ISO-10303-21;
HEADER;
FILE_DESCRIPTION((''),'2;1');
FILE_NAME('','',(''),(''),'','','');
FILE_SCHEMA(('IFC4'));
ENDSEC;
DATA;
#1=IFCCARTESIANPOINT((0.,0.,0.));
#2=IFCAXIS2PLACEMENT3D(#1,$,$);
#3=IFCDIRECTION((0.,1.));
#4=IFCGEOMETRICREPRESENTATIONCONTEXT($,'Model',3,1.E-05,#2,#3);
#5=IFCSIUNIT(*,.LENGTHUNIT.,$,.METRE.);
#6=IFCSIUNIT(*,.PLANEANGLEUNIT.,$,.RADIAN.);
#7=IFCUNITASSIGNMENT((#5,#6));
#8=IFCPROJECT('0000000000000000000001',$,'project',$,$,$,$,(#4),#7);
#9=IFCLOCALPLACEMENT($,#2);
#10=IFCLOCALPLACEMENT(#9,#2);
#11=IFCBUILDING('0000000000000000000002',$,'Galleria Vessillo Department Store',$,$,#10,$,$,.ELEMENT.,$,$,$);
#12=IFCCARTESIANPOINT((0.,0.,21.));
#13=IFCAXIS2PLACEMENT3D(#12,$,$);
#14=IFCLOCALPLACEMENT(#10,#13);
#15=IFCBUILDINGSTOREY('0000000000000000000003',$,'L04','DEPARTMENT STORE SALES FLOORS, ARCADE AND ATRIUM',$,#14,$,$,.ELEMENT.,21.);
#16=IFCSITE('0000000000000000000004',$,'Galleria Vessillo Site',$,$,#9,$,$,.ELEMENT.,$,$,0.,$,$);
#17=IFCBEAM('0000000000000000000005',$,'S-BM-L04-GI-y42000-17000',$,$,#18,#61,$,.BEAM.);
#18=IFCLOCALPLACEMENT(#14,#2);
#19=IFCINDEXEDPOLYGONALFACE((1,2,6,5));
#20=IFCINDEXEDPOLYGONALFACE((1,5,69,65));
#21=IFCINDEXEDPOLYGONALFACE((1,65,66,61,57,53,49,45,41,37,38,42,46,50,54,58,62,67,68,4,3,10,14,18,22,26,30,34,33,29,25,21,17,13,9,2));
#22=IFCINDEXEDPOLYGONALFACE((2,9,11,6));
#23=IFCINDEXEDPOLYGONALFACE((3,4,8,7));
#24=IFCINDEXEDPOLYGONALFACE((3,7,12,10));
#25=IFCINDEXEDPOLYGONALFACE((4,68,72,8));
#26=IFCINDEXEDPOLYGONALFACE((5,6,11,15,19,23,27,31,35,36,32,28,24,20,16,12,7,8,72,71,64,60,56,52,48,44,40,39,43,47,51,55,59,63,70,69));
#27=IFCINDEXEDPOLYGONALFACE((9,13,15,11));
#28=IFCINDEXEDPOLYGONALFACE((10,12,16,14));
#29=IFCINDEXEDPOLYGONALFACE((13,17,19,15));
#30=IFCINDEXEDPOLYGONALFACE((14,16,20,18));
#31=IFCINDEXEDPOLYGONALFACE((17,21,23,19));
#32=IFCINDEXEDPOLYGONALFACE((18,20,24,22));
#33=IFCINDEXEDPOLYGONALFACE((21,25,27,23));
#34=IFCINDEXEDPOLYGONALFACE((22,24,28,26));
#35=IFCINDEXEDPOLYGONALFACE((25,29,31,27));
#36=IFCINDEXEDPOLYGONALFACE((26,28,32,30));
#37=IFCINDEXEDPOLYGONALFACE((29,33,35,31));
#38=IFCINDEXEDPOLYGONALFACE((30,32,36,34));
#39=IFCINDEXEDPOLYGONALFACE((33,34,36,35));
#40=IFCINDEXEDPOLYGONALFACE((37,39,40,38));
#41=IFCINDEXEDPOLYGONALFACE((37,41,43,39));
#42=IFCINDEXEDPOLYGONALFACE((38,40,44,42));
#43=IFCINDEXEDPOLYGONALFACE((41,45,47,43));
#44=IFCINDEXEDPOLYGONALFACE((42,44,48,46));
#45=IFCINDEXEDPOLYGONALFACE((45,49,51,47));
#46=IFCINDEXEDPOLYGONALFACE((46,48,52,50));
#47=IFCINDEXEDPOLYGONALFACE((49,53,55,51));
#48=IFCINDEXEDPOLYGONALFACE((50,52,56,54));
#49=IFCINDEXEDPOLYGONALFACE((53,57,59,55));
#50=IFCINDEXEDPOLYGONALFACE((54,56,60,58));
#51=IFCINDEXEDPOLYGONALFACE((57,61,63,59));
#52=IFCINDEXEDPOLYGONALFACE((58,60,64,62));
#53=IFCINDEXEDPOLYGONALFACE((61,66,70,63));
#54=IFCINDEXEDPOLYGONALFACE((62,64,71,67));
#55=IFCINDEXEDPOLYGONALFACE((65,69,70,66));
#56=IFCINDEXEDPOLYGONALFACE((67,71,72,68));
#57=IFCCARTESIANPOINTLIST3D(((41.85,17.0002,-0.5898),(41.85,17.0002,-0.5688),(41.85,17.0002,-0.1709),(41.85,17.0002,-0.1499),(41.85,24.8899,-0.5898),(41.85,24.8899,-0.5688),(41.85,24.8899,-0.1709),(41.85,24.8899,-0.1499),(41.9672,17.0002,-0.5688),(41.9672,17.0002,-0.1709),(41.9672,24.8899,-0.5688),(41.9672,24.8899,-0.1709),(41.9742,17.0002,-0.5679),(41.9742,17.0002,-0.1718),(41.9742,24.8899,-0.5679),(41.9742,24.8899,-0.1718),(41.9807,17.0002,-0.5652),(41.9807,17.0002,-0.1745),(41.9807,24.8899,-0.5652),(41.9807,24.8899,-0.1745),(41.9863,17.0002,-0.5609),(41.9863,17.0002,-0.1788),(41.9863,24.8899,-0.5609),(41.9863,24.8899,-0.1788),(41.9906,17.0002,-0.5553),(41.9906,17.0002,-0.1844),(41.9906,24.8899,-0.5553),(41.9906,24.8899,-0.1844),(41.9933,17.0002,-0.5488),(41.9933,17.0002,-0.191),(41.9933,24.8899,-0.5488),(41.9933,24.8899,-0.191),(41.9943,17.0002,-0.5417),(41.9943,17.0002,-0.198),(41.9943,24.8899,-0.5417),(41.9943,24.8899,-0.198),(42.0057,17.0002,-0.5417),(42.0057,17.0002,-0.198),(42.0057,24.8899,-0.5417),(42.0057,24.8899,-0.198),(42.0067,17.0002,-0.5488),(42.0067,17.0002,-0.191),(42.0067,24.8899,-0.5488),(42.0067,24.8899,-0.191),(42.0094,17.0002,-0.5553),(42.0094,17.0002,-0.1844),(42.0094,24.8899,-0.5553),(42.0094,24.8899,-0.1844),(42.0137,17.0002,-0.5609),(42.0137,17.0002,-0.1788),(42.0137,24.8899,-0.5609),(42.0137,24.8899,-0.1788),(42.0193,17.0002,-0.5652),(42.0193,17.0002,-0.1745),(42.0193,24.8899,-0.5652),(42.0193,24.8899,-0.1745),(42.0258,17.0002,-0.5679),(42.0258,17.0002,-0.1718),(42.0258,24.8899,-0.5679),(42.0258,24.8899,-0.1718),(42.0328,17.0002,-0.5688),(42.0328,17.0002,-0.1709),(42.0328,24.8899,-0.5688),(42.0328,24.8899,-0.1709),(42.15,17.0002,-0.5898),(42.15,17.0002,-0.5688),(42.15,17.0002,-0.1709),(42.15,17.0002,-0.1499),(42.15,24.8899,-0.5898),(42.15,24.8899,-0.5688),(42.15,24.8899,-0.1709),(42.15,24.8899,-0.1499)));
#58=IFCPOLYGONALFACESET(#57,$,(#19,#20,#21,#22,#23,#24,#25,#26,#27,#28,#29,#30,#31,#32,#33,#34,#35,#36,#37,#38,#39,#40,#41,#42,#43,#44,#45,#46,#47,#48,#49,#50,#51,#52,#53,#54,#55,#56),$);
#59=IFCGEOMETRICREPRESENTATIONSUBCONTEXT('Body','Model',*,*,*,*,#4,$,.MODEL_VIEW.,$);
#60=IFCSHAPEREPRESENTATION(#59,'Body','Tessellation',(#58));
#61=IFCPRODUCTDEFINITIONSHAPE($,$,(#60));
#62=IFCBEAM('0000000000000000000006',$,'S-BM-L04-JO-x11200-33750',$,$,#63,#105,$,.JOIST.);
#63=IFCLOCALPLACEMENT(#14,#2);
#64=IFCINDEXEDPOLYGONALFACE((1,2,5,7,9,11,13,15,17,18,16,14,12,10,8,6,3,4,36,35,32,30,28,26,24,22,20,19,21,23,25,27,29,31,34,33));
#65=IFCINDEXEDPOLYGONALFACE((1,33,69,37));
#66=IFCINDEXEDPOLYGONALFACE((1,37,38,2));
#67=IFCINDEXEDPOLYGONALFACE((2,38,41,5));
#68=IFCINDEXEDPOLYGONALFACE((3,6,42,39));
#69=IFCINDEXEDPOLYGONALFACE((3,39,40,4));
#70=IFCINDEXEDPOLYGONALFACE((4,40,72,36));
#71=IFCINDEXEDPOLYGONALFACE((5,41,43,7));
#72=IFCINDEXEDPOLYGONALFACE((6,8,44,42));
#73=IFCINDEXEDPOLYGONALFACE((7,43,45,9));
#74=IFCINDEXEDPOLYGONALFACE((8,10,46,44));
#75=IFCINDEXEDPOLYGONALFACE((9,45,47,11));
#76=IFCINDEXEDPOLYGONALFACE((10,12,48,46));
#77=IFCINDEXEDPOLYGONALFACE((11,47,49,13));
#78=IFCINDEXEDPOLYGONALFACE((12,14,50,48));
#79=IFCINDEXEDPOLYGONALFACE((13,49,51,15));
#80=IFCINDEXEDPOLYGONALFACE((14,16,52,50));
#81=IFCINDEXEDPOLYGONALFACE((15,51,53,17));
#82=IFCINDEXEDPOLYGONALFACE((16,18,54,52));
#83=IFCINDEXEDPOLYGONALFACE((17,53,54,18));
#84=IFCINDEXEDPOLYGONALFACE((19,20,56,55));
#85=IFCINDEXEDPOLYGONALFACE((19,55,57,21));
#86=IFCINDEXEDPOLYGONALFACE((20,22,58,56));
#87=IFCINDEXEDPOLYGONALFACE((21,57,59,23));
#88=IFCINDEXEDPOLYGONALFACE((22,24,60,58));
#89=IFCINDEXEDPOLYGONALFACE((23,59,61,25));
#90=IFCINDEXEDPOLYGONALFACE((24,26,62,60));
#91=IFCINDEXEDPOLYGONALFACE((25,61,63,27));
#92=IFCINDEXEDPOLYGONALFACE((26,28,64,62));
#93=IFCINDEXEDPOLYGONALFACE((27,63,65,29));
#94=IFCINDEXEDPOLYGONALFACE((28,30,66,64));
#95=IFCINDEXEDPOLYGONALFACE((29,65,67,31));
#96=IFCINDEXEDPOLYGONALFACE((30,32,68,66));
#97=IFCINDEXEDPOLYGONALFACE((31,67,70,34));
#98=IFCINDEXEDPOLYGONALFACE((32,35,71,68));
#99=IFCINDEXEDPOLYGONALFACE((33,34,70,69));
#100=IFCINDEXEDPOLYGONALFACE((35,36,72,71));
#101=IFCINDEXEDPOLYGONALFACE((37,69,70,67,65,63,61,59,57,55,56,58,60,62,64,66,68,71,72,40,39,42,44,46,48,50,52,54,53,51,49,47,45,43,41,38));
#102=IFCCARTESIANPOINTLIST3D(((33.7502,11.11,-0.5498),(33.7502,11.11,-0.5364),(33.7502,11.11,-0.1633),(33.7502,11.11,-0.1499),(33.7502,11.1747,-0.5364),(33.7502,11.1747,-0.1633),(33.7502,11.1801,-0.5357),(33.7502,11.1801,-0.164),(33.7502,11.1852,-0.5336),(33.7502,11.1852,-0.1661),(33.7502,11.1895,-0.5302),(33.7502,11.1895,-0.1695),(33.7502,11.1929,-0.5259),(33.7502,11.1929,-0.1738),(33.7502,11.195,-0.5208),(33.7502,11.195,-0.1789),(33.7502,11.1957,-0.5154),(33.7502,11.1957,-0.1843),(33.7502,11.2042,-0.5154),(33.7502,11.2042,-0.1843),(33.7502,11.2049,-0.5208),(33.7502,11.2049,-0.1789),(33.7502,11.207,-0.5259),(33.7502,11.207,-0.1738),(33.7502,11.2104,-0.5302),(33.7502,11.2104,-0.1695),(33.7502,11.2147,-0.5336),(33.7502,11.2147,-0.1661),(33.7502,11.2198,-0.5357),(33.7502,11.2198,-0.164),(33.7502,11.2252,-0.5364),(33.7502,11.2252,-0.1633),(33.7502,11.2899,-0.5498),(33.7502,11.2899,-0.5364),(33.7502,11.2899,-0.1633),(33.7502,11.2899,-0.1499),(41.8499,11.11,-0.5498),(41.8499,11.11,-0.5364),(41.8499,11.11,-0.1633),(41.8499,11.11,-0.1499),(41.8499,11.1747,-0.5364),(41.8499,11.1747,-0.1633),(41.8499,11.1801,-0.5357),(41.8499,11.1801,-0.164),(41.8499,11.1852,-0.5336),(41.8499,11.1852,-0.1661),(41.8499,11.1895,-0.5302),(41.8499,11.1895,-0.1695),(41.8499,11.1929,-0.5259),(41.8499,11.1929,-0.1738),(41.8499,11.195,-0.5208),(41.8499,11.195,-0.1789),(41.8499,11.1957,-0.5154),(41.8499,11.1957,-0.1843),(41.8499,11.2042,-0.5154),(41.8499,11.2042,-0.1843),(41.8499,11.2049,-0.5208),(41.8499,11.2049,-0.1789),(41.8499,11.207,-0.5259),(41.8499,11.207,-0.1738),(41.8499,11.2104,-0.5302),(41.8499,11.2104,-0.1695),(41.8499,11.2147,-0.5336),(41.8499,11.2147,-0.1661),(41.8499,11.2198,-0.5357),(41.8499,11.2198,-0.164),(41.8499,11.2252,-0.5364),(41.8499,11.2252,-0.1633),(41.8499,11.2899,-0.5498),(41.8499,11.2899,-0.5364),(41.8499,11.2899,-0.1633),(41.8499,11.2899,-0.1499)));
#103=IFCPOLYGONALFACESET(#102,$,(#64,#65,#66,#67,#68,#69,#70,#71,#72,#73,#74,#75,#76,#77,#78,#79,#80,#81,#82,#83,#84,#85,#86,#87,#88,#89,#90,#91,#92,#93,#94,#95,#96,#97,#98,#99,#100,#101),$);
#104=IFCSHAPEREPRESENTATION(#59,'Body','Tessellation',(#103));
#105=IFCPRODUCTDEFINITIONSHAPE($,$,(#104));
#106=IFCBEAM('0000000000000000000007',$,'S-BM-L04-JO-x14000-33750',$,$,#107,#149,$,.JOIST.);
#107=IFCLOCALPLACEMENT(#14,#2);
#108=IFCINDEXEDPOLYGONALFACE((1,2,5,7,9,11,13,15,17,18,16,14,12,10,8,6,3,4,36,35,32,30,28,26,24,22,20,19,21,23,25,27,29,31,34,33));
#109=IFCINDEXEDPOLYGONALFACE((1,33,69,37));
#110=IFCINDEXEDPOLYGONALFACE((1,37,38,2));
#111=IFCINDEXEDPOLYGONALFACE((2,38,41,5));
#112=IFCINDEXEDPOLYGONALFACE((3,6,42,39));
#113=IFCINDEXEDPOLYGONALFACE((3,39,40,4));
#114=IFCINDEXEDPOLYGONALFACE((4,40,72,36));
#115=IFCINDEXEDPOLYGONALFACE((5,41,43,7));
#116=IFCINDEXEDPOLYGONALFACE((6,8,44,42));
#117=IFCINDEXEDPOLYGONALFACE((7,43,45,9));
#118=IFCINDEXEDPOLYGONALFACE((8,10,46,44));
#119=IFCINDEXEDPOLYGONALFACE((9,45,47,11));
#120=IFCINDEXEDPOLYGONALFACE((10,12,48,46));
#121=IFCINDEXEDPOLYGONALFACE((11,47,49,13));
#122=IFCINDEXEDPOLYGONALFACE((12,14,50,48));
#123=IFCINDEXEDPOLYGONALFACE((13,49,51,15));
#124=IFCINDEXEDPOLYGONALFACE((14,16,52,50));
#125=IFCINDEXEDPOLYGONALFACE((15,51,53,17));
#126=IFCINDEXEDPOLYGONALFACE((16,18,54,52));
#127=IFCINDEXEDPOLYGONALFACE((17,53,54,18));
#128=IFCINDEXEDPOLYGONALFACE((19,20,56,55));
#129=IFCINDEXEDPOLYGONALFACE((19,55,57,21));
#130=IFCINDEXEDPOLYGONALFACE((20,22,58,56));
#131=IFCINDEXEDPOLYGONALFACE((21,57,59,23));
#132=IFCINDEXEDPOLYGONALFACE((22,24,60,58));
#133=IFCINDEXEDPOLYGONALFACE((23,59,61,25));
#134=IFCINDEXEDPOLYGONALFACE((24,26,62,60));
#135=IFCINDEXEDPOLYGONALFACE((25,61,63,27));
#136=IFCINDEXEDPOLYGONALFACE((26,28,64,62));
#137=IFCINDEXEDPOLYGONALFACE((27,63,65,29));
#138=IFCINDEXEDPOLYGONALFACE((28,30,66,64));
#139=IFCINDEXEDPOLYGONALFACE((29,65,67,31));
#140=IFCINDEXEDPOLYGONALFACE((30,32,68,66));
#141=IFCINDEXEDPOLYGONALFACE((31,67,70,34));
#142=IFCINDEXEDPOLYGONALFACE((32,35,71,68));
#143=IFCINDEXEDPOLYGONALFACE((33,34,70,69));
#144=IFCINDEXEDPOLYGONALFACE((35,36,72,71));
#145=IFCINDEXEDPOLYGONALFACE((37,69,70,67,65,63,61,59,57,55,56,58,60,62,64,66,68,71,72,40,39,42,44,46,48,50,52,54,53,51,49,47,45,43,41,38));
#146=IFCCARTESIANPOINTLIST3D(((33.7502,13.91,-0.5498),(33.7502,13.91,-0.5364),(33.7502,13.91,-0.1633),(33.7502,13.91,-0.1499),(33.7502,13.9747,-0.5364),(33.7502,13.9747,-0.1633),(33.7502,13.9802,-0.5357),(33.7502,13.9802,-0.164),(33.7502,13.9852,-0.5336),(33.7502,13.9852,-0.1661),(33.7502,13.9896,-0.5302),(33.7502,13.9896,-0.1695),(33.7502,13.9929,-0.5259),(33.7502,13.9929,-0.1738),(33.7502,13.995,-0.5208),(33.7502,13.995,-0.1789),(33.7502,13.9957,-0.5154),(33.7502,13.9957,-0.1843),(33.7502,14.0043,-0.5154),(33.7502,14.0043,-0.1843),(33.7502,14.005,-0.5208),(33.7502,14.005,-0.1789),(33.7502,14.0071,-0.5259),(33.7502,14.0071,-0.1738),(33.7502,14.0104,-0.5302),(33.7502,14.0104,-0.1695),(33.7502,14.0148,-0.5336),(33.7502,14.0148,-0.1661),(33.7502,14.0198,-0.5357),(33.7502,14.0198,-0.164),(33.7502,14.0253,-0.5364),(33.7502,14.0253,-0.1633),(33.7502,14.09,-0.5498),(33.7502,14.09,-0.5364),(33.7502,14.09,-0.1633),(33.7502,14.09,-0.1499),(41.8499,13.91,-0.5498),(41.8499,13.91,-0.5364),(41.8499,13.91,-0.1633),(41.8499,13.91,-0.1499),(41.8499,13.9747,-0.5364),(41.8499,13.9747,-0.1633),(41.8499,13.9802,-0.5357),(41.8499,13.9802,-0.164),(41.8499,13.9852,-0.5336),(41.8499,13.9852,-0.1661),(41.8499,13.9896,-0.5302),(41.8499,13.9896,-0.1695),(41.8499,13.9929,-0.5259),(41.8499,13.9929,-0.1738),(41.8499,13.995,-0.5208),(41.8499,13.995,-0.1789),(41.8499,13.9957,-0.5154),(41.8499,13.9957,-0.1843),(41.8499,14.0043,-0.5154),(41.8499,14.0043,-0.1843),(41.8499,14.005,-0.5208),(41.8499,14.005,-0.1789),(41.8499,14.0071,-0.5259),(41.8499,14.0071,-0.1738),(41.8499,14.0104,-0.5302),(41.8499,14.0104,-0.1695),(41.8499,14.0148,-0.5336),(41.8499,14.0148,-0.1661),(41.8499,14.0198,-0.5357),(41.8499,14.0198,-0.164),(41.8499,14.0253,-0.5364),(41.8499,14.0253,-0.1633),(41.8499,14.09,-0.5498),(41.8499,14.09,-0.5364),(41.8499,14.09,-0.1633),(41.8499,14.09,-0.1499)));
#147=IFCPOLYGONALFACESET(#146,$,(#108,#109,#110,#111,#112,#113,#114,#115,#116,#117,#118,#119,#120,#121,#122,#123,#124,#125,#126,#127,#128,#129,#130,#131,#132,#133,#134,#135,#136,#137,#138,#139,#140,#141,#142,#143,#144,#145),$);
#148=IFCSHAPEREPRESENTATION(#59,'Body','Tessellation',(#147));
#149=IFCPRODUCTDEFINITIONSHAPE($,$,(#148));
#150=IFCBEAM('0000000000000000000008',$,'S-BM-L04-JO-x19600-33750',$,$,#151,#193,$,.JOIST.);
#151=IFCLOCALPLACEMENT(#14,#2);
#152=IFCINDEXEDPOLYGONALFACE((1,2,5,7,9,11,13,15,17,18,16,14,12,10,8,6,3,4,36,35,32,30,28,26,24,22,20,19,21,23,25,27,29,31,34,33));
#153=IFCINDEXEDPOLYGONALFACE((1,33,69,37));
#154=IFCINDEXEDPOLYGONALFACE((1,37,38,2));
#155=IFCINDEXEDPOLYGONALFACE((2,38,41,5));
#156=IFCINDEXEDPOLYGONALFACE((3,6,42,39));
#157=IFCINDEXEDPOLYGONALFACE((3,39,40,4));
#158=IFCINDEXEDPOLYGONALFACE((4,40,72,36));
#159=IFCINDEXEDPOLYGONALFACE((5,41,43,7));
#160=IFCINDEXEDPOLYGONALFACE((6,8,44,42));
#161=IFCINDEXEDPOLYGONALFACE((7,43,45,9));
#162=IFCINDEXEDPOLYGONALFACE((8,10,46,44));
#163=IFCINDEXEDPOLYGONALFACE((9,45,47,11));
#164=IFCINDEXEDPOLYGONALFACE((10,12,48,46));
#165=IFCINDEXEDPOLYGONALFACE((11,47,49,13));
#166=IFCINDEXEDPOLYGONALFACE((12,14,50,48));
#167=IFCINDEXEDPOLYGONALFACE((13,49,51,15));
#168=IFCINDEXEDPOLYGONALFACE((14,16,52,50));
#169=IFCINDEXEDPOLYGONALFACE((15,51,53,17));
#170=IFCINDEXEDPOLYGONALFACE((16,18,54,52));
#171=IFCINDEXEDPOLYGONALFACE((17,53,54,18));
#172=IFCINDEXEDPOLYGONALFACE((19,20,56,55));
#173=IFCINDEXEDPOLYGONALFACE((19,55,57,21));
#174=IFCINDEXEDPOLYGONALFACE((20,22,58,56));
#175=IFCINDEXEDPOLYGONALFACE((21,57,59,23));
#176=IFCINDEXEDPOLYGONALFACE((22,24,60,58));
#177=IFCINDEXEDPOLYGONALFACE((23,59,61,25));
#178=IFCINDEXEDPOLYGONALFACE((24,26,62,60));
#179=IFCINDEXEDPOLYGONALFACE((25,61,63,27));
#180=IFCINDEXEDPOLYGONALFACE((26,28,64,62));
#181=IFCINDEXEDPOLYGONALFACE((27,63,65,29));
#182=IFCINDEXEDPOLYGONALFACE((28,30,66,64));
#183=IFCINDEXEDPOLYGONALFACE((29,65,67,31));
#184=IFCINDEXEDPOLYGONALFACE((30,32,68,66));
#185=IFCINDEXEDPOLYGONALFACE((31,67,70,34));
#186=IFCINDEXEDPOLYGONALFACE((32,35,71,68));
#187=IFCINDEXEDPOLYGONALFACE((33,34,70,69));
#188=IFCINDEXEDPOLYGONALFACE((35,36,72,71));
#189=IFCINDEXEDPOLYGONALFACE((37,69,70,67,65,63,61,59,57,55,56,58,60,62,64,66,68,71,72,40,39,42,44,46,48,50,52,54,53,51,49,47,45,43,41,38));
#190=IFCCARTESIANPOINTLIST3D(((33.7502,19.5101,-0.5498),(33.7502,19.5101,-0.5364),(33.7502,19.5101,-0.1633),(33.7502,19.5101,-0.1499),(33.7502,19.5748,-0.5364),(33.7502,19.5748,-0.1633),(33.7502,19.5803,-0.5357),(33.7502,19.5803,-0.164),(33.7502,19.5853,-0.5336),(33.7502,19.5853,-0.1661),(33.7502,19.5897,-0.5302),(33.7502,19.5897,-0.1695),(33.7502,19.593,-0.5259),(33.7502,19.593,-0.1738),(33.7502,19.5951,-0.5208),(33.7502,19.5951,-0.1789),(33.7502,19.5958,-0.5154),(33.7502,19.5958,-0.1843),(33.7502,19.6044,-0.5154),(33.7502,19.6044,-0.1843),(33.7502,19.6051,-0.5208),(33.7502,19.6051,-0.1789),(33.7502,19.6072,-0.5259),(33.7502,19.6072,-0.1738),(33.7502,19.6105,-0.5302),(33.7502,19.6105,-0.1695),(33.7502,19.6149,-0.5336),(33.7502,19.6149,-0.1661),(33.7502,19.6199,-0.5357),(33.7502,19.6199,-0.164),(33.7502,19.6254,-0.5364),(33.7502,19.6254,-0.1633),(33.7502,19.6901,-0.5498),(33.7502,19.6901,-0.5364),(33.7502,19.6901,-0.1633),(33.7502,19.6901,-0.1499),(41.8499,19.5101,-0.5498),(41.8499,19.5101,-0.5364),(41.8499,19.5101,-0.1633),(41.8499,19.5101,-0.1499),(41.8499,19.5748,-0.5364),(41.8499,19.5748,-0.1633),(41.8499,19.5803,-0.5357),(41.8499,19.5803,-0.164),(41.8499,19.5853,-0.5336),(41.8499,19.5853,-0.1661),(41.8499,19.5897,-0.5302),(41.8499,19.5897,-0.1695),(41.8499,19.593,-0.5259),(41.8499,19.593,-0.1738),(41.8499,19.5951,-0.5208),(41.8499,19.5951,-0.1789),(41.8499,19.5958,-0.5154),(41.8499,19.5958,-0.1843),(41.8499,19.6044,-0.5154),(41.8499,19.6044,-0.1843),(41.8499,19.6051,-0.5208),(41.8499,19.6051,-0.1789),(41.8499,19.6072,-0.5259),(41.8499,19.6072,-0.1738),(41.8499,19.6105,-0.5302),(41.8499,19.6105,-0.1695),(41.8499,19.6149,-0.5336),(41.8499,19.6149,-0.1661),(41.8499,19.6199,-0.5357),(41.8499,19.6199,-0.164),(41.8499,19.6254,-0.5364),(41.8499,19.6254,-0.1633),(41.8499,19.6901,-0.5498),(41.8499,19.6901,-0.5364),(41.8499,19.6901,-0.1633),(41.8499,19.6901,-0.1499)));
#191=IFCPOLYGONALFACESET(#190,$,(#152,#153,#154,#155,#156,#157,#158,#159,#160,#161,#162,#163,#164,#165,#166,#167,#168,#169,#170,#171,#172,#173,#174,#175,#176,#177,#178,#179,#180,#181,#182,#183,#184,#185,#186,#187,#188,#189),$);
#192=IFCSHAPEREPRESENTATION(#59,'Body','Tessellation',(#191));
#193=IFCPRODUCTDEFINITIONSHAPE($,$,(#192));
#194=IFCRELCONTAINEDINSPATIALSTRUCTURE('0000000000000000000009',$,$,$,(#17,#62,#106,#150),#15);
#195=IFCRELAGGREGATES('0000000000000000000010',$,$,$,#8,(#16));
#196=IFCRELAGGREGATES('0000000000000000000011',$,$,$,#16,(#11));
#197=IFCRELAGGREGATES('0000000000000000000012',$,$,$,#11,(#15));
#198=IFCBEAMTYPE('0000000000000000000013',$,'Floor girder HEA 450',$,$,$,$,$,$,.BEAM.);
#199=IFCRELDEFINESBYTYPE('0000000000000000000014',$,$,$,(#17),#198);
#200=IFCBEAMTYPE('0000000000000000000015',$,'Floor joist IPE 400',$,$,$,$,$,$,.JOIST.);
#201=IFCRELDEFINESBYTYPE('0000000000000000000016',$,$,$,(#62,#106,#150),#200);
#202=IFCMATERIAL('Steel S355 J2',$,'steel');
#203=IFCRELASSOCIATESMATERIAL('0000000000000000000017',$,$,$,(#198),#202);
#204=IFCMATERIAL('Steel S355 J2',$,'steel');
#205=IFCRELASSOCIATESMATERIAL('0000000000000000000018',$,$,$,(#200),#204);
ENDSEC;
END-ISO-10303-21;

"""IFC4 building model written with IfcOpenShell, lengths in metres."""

from ifc_helpers import new_model, si_unit, direction, frame, origin, origin_2d, place, context, subcontext, project, spatial, i_section, extrude, material, material_profile, profile_set, type_object, element, save


model = new_model("IFC4")

# Units and contexts
model_context = context("Model", 3, precision=1e-05, world=origin(), true_north=direction((0.0, 1.0)))
body_context = subcontext(model_context, "Body", "Model", "MODEL_VIEW")
ifc_project = project(units=[si_unit("LENGTHUNIT", "METRE"), si_unit("PLANEANGLEUNIT", "RADIAN")], contexts=[model_context])

# Site, building, storey
site_placement = place(None, origin())
site = spatial("IfcSite", under=ifc_project, at=site_placement, Name="Galleria Vessillo Site", CompositionType="ELEMENT", RefElevation=0.0)
building_placement = place(site_placement, origin())
building = spatial("IfcBuilding", under=site, at=building_placement, Name="Galleria Vessillo Department Store", CompositionType="ELEMENT")
storey_placement = place(building_placement, frame((0.0, 0.0, 21.0)))
storey = spatial("IfcBuildingStorey", under=building, at=storey_placement, Name="L04", Description="DEPARTMENT STORE SALES FLOORS, ARCADE AND ATRIUM", CompositionType="ELEMENT", Elevation=21.0)

# Beams
ifc_material_1 = material(Name="Steel S355 J2", Category="steel")
ifc_material_profile_1 = material_profile(ifc_material_1, i_section(OverallWidth=0.3, OverallDepth=0.4399, WebThickness=0.0115, FlangeThickness=0.021, FilletRadius=0.0271, at=origin_2d()), Name="HEA 450")
ifc_profile_set_1 = profile_set([ifc_material_profile_1], Name="Steel S355 J2")
beam_type_1 = type_object("IfcBeamType", Name="Floor girder HEA 450", PredefinedType="BEAM", material=ifc_profile_set_1)
beam_1_placement = place(storey_placement, frame((42.0, 17.0002, -0.3699), z_axis=(0.0, 1.0, 0.0), x_axis=(-1.0, 0.0, 0.0)))
element("IfcBeam", 1, at=beam_1_placement, inside=storey, type_object=beam_type_1, Name="S-BM-L04-GI-y42000-17000", PredefinedType="BEAM", context=body_context, shape_type="SweptSolid", body=[
    extrude(i_section(OverallWidth=0.3, OverallDepth=0.4399, WebThickness=0.0115, FlangeThickness=0.021, FilletRadius=0.0271, at=origin_2d()), origin(), (0.0, 0.0, 1.0), 7.8896),
])
ifc_material_2 = material(Name="Steel S355 J2", Category="steel")
ifc_material_profile_2 = material_profile(ifc_material_2, i_section(OverallWidth=0.1799, OverallDepth=0.3999, WebThickness=0.0085, FlangeThickness=0.0134, FilletRadius=0.021, at=origin_2d()), Name="IPE 400")
ifc_profile_set_2 = profile_set([ifc_material_profile_2], Name="Steel S355 J2")
beam_type_2 = type_object("IfcBeamType", Name="Floor joist IPE 400", PredefinedType="JOIST", material=ifc_profile_set_2)
for number, where, z_axis, x_axis, name in (
    (2, (33.7502, 11.2, -0.3499), (1.0, 0.0, 0.0), (0.0, 1.0, 0.0), "S-BM-L04-JO-x11200-33750"),
    (3, (33.7502, 14.0, -0.3499), (1.0, 0.0, 0.0), (0.0, 1.0, 0.0), "S-BM-L04-JO-x14000-33750"),
    (4, (33.7502, 19.6001, -0.3499), (1.0, 0.0, 0.0), (0.0, 1.0, 0.0), "S-BM-L04-JO-x19600-33750"),
):
    element("IfcBeam", number, at=place(storey_placement, frame(where, z_axis=z_axis, x_axis=x_axis)), inside=storey, type_object=beam_type_2, Name=name, PredefinedType="JOIST", context=body_context, shape_type="SweptSolid", body=[
        extrude(i_section(OverallWidth=0.1799, OverallDepth=0.3999, WebThickness=0.0085, FlangeThickness=0.0134, FilletRadius=0.021, at=origin_2d()), origin(), (0.0, 0.0, 1.0), 8.0996),
    ])

save(model, "model.ifc")
